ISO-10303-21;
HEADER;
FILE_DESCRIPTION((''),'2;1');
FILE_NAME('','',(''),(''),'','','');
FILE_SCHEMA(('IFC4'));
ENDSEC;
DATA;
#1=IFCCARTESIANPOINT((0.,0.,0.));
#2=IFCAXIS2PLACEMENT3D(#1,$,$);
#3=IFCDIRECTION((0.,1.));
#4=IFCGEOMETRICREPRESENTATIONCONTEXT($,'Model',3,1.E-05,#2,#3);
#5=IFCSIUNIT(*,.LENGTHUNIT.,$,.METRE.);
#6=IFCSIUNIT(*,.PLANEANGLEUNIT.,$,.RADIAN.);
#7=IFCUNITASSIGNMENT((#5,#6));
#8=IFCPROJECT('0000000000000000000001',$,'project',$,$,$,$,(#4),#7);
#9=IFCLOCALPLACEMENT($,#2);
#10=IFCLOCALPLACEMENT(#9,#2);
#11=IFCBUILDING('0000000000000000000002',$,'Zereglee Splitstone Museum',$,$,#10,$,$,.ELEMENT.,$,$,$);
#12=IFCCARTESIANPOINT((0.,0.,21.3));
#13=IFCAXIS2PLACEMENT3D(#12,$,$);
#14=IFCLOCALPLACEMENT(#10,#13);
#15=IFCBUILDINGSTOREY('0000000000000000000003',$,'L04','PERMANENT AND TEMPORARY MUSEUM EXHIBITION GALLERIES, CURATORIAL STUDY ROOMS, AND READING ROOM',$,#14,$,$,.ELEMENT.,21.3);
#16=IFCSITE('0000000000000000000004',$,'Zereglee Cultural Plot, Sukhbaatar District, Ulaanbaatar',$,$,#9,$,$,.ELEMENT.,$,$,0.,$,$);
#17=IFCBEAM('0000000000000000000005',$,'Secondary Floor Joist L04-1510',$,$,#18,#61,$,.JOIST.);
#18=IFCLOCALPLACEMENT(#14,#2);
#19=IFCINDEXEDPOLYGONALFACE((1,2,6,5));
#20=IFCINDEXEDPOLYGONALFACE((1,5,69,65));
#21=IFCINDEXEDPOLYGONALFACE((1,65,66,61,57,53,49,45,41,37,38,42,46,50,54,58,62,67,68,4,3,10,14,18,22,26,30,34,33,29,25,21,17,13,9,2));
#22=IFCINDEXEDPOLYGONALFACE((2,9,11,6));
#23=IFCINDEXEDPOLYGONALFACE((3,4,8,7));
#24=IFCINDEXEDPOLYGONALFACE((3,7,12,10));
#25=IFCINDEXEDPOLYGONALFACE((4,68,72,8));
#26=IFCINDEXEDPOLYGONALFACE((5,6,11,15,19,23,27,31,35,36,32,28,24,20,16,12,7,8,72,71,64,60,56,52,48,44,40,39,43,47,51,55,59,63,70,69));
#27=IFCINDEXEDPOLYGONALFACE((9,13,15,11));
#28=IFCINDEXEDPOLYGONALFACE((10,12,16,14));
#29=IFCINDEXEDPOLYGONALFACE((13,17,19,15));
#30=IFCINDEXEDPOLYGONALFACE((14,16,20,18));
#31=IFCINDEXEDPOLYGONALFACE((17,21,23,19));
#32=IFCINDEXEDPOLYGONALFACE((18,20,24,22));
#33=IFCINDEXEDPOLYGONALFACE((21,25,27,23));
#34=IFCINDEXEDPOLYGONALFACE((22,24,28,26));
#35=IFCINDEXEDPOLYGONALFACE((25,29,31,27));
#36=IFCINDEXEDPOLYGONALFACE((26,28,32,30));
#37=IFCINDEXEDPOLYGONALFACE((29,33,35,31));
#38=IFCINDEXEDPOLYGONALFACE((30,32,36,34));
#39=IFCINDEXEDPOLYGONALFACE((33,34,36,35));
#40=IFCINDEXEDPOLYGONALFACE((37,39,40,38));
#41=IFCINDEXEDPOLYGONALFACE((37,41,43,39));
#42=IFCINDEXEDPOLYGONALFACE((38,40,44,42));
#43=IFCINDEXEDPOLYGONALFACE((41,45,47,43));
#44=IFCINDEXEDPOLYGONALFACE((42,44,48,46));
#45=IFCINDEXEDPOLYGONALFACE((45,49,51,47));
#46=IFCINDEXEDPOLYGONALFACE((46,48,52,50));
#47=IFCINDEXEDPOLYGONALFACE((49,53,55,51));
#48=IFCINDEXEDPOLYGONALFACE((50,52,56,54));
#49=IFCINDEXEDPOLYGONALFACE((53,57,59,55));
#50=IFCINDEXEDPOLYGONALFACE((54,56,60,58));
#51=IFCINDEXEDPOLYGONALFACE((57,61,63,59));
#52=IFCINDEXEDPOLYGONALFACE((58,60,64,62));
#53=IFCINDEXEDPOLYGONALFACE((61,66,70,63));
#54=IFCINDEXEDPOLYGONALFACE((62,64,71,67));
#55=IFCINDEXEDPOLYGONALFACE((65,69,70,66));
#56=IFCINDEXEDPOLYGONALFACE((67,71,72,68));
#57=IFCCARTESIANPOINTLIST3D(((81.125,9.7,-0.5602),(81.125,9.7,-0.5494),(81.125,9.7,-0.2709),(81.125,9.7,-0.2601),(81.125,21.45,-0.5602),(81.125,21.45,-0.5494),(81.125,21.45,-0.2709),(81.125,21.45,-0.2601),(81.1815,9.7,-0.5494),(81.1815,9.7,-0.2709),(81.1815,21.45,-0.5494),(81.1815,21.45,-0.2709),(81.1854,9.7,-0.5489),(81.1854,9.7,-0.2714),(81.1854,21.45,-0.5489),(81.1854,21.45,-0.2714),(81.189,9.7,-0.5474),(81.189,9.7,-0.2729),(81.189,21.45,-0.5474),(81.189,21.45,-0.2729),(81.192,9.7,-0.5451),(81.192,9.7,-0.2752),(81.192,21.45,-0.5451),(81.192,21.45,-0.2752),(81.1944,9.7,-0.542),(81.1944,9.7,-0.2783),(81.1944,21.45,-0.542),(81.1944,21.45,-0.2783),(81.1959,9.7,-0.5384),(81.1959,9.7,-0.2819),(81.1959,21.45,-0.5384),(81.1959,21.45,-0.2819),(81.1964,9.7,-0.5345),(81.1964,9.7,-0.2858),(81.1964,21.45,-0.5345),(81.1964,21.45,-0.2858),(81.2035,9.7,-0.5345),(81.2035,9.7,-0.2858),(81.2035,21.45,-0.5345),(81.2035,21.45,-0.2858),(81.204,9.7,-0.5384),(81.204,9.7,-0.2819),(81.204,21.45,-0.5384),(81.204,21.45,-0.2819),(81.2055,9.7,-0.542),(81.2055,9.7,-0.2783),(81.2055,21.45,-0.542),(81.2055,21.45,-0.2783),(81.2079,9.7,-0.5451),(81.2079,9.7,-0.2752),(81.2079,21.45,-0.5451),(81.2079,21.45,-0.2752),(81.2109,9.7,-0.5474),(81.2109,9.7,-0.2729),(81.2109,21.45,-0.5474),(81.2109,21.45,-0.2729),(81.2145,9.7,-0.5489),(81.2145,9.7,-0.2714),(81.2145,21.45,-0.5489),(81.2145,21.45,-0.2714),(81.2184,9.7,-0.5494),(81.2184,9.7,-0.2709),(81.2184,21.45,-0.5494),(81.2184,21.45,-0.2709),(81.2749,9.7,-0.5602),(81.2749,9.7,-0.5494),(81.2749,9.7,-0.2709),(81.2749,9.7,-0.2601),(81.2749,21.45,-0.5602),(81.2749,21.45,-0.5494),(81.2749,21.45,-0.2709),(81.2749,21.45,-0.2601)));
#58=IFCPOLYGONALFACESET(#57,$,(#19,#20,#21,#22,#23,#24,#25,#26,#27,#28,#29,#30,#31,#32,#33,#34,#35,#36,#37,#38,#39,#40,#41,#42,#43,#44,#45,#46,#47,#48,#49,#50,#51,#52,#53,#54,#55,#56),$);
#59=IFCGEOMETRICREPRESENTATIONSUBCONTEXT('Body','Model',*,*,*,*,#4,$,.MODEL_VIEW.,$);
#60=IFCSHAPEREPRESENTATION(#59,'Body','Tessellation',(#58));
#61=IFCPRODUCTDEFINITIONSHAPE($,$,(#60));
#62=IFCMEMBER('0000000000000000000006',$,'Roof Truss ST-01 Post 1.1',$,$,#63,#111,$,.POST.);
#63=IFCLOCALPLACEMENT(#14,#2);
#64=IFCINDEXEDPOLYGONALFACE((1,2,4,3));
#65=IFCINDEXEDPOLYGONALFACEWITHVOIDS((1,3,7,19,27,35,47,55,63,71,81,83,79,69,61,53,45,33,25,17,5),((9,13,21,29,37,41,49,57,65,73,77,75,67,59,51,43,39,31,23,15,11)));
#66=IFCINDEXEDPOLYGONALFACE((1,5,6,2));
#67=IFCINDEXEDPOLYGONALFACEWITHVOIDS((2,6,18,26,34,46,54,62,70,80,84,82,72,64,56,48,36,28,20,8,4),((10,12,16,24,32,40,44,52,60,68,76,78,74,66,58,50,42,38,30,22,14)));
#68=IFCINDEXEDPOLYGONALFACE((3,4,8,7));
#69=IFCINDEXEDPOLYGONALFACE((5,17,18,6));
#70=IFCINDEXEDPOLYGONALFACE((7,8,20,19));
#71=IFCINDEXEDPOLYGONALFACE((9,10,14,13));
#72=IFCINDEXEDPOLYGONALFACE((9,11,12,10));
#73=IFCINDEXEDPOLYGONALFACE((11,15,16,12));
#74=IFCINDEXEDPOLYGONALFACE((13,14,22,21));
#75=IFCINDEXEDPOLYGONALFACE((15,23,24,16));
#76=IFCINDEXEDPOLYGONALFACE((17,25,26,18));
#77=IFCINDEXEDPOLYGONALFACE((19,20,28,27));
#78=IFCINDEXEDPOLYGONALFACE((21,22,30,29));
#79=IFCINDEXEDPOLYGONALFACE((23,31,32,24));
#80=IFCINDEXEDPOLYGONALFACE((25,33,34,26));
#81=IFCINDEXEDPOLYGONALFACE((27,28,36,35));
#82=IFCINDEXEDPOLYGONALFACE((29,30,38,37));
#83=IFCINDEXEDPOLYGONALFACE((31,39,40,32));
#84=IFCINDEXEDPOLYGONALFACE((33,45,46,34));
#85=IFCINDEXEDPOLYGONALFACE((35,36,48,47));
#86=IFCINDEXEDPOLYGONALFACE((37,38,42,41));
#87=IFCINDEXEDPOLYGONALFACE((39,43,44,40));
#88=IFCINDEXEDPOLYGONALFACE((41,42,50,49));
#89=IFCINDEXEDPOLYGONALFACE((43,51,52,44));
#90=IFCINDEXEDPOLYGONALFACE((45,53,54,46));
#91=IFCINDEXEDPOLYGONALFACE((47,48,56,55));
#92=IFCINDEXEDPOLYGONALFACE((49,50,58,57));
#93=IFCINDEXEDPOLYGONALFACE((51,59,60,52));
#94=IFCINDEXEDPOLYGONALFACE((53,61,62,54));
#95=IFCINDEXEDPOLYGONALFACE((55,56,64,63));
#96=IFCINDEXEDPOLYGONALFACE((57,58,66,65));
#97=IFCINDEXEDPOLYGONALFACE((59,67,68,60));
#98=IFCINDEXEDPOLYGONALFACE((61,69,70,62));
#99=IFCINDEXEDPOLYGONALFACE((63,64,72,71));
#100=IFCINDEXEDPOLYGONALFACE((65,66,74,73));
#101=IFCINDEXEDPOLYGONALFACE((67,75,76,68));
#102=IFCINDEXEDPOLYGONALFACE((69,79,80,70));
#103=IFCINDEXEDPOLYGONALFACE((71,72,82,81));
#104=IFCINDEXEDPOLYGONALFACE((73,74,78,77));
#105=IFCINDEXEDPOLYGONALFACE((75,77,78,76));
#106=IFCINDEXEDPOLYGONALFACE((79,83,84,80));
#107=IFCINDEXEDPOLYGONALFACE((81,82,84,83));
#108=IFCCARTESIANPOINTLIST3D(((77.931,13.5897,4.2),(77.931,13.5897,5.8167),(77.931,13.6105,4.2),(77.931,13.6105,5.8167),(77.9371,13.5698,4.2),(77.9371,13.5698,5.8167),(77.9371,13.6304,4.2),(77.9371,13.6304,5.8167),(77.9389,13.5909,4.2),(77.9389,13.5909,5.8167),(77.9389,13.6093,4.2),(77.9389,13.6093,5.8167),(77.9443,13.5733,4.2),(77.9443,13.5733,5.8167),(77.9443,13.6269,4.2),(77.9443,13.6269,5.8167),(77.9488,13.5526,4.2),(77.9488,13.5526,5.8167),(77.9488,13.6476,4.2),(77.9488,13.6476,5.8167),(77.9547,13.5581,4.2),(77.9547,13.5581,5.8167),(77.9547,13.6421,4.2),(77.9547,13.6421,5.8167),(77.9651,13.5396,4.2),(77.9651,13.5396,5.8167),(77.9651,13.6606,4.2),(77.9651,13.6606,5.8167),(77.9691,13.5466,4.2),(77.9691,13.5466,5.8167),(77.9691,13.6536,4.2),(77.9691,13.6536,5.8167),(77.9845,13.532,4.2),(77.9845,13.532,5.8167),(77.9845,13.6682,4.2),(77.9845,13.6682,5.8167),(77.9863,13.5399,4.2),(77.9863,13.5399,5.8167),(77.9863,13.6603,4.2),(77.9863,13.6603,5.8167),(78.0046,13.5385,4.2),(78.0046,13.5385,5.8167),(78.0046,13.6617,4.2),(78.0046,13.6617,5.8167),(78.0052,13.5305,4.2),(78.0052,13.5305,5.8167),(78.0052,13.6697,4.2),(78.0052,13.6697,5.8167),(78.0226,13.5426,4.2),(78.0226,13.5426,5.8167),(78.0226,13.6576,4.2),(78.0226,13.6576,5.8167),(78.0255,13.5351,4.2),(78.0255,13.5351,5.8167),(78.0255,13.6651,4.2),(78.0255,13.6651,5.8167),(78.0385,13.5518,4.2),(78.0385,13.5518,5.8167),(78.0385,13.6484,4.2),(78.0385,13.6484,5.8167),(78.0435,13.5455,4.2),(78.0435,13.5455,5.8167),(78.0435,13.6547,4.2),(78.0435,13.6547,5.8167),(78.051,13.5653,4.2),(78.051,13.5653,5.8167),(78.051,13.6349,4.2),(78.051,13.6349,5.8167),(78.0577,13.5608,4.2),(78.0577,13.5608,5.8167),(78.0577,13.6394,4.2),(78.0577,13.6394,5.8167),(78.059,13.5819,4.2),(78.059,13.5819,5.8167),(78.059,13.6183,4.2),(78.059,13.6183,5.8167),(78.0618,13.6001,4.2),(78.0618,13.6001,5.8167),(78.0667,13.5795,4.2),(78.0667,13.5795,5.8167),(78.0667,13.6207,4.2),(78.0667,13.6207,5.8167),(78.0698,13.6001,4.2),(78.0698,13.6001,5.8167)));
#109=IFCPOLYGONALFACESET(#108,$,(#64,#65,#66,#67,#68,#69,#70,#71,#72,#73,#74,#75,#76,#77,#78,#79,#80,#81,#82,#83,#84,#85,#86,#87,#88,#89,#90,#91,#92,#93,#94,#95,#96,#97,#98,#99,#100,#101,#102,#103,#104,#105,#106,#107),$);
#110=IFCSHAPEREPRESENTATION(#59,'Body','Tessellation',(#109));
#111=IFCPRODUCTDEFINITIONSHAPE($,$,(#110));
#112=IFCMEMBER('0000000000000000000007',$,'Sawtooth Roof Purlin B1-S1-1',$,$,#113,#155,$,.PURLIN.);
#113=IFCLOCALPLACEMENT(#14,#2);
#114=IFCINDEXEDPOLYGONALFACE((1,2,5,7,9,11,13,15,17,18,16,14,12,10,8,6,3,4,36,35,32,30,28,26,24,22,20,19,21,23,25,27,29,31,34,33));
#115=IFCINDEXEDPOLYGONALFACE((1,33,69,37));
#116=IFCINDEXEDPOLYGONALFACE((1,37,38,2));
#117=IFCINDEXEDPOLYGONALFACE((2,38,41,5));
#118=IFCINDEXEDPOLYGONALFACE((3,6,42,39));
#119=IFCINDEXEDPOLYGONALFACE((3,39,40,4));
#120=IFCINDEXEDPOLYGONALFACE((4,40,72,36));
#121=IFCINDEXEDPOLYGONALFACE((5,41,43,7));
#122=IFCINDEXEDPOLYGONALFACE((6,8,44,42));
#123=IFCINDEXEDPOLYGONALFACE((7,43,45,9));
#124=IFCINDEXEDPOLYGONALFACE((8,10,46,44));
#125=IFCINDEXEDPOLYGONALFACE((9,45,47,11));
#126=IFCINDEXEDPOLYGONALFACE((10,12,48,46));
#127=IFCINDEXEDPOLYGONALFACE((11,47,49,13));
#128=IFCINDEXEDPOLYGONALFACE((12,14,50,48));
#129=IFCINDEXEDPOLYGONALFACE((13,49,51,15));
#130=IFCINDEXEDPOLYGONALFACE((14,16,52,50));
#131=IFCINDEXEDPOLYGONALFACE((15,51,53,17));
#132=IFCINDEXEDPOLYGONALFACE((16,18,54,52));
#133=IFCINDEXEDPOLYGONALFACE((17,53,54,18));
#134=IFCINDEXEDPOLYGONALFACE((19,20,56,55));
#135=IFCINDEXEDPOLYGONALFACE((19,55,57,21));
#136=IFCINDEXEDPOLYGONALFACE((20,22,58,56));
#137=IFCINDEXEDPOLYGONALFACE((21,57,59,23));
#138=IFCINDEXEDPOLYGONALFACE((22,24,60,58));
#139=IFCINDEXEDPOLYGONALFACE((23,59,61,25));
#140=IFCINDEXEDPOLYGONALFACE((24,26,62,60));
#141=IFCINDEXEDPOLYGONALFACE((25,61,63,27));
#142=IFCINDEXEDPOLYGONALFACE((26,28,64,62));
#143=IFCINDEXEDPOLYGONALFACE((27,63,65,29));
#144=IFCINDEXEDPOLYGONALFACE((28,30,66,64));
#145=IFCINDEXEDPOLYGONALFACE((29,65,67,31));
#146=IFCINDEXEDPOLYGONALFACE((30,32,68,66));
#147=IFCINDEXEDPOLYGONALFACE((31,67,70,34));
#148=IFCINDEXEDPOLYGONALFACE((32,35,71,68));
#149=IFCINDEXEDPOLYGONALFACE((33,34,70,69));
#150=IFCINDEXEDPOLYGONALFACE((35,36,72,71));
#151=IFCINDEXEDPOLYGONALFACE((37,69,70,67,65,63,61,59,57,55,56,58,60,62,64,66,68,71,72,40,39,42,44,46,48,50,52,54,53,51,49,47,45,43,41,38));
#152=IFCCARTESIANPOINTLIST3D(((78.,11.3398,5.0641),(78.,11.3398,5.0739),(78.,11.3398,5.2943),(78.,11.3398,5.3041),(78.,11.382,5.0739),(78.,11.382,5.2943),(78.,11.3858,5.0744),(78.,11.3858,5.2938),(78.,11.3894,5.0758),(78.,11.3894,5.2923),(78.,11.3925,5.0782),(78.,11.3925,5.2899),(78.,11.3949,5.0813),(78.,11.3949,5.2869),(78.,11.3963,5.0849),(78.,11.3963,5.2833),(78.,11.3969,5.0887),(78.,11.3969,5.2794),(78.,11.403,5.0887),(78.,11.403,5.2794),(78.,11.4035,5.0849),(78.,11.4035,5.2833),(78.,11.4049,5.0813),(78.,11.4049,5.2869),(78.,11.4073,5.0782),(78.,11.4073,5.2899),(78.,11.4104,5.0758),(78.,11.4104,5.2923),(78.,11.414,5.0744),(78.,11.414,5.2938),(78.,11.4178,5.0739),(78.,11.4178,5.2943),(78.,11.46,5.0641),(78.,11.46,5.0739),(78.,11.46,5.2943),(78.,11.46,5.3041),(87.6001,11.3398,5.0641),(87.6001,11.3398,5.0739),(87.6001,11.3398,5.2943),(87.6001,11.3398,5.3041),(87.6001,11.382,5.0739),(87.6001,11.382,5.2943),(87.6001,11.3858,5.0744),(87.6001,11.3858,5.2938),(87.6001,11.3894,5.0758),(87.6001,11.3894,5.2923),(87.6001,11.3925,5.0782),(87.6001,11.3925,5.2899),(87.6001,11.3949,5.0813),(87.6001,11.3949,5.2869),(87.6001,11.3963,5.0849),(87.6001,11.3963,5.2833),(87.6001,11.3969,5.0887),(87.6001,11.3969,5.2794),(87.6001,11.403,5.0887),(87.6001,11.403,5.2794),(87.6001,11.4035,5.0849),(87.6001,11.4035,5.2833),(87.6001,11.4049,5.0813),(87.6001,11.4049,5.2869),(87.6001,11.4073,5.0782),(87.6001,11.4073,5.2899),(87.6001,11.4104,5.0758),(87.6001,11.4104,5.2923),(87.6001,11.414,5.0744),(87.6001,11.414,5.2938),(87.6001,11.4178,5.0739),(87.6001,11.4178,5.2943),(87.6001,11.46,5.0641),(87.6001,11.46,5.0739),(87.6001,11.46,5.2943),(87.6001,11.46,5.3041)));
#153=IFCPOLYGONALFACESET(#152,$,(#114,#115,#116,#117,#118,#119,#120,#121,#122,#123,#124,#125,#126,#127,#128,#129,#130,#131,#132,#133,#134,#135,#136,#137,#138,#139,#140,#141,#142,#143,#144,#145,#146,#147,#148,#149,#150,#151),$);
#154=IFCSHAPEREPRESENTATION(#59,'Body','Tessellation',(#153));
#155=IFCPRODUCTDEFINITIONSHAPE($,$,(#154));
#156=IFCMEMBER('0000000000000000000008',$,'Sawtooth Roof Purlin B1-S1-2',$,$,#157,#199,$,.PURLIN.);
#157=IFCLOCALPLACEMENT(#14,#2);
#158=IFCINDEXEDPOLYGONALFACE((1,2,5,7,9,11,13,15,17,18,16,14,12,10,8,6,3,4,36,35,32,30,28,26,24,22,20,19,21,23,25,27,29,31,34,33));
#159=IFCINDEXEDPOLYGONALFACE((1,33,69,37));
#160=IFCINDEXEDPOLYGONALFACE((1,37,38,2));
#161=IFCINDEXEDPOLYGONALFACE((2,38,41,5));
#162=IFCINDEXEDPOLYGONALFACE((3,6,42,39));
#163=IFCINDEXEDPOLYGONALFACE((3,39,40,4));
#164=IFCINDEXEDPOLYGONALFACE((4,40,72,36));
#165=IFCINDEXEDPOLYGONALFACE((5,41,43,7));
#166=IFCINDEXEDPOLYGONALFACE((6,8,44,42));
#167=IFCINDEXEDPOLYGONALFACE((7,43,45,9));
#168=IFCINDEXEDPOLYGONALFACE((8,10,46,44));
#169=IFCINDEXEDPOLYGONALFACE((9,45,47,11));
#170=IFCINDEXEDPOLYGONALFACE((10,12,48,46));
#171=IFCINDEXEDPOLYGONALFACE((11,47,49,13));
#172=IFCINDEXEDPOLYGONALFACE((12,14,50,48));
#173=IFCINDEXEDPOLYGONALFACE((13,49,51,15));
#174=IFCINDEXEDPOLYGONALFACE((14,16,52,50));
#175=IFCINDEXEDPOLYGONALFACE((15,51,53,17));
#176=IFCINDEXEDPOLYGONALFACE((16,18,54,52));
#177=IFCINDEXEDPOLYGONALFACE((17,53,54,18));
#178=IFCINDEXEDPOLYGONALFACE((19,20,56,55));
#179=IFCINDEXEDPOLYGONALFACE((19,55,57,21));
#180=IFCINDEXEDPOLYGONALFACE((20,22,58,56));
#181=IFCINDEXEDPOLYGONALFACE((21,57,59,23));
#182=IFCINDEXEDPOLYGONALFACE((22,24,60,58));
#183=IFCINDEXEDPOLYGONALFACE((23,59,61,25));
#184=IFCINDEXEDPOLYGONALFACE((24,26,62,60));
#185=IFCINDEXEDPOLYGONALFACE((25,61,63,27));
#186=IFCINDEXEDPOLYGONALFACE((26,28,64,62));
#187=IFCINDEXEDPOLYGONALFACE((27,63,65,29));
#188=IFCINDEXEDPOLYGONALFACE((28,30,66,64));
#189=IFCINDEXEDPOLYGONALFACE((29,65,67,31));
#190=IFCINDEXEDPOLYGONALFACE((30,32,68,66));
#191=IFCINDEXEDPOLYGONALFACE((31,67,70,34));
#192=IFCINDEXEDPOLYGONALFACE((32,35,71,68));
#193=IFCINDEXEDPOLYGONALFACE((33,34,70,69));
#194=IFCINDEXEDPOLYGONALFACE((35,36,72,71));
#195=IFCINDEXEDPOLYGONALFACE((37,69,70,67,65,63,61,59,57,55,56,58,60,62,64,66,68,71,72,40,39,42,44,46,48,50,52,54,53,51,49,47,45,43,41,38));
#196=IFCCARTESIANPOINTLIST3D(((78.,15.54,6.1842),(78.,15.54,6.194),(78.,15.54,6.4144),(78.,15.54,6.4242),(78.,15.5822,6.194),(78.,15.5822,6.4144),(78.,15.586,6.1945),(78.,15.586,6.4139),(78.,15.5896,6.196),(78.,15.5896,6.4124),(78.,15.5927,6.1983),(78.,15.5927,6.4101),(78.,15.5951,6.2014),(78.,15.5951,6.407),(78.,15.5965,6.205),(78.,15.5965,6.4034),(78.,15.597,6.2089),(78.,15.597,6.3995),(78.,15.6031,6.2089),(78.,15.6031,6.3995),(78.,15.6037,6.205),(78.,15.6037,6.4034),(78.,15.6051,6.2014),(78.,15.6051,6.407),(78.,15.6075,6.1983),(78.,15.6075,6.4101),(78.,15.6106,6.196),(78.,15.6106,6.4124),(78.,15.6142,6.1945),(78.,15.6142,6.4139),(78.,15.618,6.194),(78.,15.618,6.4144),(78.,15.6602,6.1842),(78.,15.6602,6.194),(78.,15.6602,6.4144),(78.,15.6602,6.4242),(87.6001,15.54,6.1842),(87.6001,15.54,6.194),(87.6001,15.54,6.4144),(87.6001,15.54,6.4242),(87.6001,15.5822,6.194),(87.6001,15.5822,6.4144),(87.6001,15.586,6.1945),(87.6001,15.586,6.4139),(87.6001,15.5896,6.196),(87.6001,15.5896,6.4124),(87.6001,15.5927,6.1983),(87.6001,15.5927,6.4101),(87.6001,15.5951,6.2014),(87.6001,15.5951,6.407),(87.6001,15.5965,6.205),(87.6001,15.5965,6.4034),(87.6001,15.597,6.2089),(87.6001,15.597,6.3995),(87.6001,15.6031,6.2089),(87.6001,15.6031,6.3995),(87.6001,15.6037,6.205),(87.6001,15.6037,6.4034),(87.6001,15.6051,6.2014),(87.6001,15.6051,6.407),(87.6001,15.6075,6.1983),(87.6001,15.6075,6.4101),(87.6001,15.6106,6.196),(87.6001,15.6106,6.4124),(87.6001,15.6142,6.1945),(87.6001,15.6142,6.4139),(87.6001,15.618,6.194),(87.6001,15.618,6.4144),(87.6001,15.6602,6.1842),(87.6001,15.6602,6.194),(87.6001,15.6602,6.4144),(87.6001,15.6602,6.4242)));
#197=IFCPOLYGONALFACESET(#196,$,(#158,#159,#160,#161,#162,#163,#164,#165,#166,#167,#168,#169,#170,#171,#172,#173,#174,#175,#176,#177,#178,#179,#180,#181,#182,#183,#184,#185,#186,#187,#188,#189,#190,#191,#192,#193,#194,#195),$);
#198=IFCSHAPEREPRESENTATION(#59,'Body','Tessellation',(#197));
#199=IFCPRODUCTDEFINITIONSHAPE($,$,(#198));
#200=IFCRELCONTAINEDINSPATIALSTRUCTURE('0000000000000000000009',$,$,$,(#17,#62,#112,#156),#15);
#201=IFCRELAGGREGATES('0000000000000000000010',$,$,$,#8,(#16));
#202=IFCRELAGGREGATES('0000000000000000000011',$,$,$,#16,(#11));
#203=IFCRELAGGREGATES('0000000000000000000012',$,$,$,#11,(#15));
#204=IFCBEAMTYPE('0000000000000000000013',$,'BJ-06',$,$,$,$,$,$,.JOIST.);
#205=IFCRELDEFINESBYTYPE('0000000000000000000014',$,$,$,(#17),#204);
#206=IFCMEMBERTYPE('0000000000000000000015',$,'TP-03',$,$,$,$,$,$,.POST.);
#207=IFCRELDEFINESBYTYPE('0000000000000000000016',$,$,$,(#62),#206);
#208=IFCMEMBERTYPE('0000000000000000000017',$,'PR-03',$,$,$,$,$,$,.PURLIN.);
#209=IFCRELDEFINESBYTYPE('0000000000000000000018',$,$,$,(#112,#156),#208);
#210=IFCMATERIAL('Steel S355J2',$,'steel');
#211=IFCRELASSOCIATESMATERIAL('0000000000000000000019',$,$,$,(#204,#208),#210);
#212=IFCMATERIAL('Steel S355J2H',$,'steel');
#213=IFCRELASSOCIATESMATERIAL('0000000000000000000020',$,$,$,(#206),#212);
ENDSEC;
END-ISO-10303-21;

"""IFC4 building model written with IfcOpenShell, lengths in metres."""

from ifc_helpers import new_model, si_unit, direction, frame, origin, origin_2d, place, context, subcontext, project, spatial, hollow_circle, i_section, extrude, material, material_profile, profile_set, type_object, element, save


model = new_model("IFC4")

# Units and contexts
model_context = context("Model", 3, precision=1e-05, world=origin(), true_north=direction((0.0, 1.0)))
body_context = subcontext(model_context, "Body", "Model", "MODEL_VIEW")
ifc_project = project(units=[si_unit("LENGTHUNIT", "METRE"), si_unit("PLANEANGLEUNIT", "RADIAN")], contexts=[model_context])

# Site, building, storey
site_placement = place(None, origin())
site = spatial("IfcSite", under=ifc_project, at=site_placement, Name="Zereglee Cultural Plot, Sukhbaatar District, Ulaanbaatar", CompositionType="ELEMENT", RefElevation=0.0)
building_placement = place(site_placement, origin())
building = spatial("IfcBuilding", under=site, at=building_placement, Name="Zereglee Splitstone Museum", CompositionType="ELEMENT")
storey_placement = place(building_placement, frame((0.0, 0.0, 21.3)))
storey = spatial("IfcBuildingStorey", under=building, at=storey_placement, Name="L04", Description="PERMANENT AND TEMPORARY MUSEUM EXHIBITION GALLERIES, CURATORIAL STUDY ROOMS, AND READING ROOM", CompositionType="ELEMENT", Elevation=21.3)

# Shared definitions
ifc_material_1 = material(Name="Steel S355J2H", Category="steel")

# Beam
ifc_material_2 = material(Name="Steel S355J2", Category="steel")
ifc_material_profile_1 = material_profile(ifc_material_2, i_section(OverallWidth=0.1499, OverallDepth=0.3, WebThickness=0.0071, FlangeThickness=0.0107, FilletRadius=0.0149, at=origin_2d()), Name="IPE 300")
ifc_profile_set_1 = profile_set([ifc_material_profile_1], Name="Steel S355J2")
beam_type_1 = type_object("IfcBeamType", Name="BJ-06", PredefinedType="JOIST", material=ifc_profile_set_1)
beam_1_placement = place(storey_placement, frame((81.2, 9.7, -0.4102), z_axis=(0.0, 1.0, 0.0), x_axis=(-1.0, 0.0, 0.0)))
element("IfcBeam", 1, at=beam_1_placement, inside=storey, type_object=beam_type_1, Name="Secondary Floor Joist L04-1510", PredefinedType="JOIST", context=body_context, shape_type="SweptSolid", body=[
    extrude(i_section(OverallWidth=0.1499, OverallDepth=0.3, WebThickness=0.0071, FlangeThickness=0.0107, FilletRadius=0.0149, at=origin_2d()), origin(), (0.0, 0.0, 1.0), 11.75),
])

# Members
ifc_material_profile_2 = material_profile(ifc_material_1, hollow_circle(Radius=0.0698, WallThickness=0.0081, at=origin_2d()), Name="CHS 139.7x8")
ifc_profile_set_2 = profile_set([ifc_material_profile_2], Name="Steel S355J2H")
member_type_1 = type_object("IfcMemberType", Name="TP-03", PredefinedType="POST", material=ifc_profile_set_2)
member_1_placement = place(storey_placement, frame((78.0, 13.6001, 4.2), z_axis=(0.0, 0.0, 1.0), x_axis=(1.0, 0.0, 0.0)))
element("IfcMember", 2, at=member_1_placement, inside=storey, type_object=member_type_1, Name="Roof Truss ST-01 Post 1.1", PredefinedType="POST", context=body_context, shape_type="SweptSolid", body=[
    extrude(hollow_circle(Radius=0.0698, WallThickness=0.0081, at=origin_2d()), origin(), (0.0, 0.0, 1.0), 1.6167),
])
ifc_material_profile_3 = material_profile(ifc_material_2, i_section(OverallWidth=0.1201, OverallDepth=0.24, WebThickness=0.0061, FlangeThickness=0.0098, FilletRadius=0.0149, at=origin_2d()), Name="IPE 240")
ifc_profile_set_3 = profile_set([ifc_material_profile_3], Name="Steel S355J2")
member_type_2 = type_object("IfcMemberType", Name="PR-03", PredefinedType="PURLIN", material=ifc_profile_set_3)
for number, where, z_axis, x_axis, name in (
    (3, (78.0, 11.3999, 5.1841), (1.0, 0.0, 0.0), (0.0, 1.0, 0.0), "Sawtooth Roof Purlin B1-S1-1"),
    (4, (78.0, 15.6001, 6.3042), (1.0, 0.0, 0.0), (0.0, 1.0, 0.0), "Sawtooth Roof Purlin B1-S1-2"),
):
    element("IfcMember", number, at=place(storey_placement, frame(where, z_axis=z_axis, x_axis=x_axis)), inside=storey, type_object=member_type_2, Name=name, PredefinedType="PURLIN", context=body_context, shape_type="SweptSolid", body=[
        extrude(i_section(OverallWidth=0.1201, OverallDepth=0.24, WebThickness=0.0061, FlangeThickness=0.0098, FilletRadius=0.0149, at=origin_2d()), origin(), (0.0, 0.0, 1.0), 9.6001),
    ])

save(model, "model.ifc")
